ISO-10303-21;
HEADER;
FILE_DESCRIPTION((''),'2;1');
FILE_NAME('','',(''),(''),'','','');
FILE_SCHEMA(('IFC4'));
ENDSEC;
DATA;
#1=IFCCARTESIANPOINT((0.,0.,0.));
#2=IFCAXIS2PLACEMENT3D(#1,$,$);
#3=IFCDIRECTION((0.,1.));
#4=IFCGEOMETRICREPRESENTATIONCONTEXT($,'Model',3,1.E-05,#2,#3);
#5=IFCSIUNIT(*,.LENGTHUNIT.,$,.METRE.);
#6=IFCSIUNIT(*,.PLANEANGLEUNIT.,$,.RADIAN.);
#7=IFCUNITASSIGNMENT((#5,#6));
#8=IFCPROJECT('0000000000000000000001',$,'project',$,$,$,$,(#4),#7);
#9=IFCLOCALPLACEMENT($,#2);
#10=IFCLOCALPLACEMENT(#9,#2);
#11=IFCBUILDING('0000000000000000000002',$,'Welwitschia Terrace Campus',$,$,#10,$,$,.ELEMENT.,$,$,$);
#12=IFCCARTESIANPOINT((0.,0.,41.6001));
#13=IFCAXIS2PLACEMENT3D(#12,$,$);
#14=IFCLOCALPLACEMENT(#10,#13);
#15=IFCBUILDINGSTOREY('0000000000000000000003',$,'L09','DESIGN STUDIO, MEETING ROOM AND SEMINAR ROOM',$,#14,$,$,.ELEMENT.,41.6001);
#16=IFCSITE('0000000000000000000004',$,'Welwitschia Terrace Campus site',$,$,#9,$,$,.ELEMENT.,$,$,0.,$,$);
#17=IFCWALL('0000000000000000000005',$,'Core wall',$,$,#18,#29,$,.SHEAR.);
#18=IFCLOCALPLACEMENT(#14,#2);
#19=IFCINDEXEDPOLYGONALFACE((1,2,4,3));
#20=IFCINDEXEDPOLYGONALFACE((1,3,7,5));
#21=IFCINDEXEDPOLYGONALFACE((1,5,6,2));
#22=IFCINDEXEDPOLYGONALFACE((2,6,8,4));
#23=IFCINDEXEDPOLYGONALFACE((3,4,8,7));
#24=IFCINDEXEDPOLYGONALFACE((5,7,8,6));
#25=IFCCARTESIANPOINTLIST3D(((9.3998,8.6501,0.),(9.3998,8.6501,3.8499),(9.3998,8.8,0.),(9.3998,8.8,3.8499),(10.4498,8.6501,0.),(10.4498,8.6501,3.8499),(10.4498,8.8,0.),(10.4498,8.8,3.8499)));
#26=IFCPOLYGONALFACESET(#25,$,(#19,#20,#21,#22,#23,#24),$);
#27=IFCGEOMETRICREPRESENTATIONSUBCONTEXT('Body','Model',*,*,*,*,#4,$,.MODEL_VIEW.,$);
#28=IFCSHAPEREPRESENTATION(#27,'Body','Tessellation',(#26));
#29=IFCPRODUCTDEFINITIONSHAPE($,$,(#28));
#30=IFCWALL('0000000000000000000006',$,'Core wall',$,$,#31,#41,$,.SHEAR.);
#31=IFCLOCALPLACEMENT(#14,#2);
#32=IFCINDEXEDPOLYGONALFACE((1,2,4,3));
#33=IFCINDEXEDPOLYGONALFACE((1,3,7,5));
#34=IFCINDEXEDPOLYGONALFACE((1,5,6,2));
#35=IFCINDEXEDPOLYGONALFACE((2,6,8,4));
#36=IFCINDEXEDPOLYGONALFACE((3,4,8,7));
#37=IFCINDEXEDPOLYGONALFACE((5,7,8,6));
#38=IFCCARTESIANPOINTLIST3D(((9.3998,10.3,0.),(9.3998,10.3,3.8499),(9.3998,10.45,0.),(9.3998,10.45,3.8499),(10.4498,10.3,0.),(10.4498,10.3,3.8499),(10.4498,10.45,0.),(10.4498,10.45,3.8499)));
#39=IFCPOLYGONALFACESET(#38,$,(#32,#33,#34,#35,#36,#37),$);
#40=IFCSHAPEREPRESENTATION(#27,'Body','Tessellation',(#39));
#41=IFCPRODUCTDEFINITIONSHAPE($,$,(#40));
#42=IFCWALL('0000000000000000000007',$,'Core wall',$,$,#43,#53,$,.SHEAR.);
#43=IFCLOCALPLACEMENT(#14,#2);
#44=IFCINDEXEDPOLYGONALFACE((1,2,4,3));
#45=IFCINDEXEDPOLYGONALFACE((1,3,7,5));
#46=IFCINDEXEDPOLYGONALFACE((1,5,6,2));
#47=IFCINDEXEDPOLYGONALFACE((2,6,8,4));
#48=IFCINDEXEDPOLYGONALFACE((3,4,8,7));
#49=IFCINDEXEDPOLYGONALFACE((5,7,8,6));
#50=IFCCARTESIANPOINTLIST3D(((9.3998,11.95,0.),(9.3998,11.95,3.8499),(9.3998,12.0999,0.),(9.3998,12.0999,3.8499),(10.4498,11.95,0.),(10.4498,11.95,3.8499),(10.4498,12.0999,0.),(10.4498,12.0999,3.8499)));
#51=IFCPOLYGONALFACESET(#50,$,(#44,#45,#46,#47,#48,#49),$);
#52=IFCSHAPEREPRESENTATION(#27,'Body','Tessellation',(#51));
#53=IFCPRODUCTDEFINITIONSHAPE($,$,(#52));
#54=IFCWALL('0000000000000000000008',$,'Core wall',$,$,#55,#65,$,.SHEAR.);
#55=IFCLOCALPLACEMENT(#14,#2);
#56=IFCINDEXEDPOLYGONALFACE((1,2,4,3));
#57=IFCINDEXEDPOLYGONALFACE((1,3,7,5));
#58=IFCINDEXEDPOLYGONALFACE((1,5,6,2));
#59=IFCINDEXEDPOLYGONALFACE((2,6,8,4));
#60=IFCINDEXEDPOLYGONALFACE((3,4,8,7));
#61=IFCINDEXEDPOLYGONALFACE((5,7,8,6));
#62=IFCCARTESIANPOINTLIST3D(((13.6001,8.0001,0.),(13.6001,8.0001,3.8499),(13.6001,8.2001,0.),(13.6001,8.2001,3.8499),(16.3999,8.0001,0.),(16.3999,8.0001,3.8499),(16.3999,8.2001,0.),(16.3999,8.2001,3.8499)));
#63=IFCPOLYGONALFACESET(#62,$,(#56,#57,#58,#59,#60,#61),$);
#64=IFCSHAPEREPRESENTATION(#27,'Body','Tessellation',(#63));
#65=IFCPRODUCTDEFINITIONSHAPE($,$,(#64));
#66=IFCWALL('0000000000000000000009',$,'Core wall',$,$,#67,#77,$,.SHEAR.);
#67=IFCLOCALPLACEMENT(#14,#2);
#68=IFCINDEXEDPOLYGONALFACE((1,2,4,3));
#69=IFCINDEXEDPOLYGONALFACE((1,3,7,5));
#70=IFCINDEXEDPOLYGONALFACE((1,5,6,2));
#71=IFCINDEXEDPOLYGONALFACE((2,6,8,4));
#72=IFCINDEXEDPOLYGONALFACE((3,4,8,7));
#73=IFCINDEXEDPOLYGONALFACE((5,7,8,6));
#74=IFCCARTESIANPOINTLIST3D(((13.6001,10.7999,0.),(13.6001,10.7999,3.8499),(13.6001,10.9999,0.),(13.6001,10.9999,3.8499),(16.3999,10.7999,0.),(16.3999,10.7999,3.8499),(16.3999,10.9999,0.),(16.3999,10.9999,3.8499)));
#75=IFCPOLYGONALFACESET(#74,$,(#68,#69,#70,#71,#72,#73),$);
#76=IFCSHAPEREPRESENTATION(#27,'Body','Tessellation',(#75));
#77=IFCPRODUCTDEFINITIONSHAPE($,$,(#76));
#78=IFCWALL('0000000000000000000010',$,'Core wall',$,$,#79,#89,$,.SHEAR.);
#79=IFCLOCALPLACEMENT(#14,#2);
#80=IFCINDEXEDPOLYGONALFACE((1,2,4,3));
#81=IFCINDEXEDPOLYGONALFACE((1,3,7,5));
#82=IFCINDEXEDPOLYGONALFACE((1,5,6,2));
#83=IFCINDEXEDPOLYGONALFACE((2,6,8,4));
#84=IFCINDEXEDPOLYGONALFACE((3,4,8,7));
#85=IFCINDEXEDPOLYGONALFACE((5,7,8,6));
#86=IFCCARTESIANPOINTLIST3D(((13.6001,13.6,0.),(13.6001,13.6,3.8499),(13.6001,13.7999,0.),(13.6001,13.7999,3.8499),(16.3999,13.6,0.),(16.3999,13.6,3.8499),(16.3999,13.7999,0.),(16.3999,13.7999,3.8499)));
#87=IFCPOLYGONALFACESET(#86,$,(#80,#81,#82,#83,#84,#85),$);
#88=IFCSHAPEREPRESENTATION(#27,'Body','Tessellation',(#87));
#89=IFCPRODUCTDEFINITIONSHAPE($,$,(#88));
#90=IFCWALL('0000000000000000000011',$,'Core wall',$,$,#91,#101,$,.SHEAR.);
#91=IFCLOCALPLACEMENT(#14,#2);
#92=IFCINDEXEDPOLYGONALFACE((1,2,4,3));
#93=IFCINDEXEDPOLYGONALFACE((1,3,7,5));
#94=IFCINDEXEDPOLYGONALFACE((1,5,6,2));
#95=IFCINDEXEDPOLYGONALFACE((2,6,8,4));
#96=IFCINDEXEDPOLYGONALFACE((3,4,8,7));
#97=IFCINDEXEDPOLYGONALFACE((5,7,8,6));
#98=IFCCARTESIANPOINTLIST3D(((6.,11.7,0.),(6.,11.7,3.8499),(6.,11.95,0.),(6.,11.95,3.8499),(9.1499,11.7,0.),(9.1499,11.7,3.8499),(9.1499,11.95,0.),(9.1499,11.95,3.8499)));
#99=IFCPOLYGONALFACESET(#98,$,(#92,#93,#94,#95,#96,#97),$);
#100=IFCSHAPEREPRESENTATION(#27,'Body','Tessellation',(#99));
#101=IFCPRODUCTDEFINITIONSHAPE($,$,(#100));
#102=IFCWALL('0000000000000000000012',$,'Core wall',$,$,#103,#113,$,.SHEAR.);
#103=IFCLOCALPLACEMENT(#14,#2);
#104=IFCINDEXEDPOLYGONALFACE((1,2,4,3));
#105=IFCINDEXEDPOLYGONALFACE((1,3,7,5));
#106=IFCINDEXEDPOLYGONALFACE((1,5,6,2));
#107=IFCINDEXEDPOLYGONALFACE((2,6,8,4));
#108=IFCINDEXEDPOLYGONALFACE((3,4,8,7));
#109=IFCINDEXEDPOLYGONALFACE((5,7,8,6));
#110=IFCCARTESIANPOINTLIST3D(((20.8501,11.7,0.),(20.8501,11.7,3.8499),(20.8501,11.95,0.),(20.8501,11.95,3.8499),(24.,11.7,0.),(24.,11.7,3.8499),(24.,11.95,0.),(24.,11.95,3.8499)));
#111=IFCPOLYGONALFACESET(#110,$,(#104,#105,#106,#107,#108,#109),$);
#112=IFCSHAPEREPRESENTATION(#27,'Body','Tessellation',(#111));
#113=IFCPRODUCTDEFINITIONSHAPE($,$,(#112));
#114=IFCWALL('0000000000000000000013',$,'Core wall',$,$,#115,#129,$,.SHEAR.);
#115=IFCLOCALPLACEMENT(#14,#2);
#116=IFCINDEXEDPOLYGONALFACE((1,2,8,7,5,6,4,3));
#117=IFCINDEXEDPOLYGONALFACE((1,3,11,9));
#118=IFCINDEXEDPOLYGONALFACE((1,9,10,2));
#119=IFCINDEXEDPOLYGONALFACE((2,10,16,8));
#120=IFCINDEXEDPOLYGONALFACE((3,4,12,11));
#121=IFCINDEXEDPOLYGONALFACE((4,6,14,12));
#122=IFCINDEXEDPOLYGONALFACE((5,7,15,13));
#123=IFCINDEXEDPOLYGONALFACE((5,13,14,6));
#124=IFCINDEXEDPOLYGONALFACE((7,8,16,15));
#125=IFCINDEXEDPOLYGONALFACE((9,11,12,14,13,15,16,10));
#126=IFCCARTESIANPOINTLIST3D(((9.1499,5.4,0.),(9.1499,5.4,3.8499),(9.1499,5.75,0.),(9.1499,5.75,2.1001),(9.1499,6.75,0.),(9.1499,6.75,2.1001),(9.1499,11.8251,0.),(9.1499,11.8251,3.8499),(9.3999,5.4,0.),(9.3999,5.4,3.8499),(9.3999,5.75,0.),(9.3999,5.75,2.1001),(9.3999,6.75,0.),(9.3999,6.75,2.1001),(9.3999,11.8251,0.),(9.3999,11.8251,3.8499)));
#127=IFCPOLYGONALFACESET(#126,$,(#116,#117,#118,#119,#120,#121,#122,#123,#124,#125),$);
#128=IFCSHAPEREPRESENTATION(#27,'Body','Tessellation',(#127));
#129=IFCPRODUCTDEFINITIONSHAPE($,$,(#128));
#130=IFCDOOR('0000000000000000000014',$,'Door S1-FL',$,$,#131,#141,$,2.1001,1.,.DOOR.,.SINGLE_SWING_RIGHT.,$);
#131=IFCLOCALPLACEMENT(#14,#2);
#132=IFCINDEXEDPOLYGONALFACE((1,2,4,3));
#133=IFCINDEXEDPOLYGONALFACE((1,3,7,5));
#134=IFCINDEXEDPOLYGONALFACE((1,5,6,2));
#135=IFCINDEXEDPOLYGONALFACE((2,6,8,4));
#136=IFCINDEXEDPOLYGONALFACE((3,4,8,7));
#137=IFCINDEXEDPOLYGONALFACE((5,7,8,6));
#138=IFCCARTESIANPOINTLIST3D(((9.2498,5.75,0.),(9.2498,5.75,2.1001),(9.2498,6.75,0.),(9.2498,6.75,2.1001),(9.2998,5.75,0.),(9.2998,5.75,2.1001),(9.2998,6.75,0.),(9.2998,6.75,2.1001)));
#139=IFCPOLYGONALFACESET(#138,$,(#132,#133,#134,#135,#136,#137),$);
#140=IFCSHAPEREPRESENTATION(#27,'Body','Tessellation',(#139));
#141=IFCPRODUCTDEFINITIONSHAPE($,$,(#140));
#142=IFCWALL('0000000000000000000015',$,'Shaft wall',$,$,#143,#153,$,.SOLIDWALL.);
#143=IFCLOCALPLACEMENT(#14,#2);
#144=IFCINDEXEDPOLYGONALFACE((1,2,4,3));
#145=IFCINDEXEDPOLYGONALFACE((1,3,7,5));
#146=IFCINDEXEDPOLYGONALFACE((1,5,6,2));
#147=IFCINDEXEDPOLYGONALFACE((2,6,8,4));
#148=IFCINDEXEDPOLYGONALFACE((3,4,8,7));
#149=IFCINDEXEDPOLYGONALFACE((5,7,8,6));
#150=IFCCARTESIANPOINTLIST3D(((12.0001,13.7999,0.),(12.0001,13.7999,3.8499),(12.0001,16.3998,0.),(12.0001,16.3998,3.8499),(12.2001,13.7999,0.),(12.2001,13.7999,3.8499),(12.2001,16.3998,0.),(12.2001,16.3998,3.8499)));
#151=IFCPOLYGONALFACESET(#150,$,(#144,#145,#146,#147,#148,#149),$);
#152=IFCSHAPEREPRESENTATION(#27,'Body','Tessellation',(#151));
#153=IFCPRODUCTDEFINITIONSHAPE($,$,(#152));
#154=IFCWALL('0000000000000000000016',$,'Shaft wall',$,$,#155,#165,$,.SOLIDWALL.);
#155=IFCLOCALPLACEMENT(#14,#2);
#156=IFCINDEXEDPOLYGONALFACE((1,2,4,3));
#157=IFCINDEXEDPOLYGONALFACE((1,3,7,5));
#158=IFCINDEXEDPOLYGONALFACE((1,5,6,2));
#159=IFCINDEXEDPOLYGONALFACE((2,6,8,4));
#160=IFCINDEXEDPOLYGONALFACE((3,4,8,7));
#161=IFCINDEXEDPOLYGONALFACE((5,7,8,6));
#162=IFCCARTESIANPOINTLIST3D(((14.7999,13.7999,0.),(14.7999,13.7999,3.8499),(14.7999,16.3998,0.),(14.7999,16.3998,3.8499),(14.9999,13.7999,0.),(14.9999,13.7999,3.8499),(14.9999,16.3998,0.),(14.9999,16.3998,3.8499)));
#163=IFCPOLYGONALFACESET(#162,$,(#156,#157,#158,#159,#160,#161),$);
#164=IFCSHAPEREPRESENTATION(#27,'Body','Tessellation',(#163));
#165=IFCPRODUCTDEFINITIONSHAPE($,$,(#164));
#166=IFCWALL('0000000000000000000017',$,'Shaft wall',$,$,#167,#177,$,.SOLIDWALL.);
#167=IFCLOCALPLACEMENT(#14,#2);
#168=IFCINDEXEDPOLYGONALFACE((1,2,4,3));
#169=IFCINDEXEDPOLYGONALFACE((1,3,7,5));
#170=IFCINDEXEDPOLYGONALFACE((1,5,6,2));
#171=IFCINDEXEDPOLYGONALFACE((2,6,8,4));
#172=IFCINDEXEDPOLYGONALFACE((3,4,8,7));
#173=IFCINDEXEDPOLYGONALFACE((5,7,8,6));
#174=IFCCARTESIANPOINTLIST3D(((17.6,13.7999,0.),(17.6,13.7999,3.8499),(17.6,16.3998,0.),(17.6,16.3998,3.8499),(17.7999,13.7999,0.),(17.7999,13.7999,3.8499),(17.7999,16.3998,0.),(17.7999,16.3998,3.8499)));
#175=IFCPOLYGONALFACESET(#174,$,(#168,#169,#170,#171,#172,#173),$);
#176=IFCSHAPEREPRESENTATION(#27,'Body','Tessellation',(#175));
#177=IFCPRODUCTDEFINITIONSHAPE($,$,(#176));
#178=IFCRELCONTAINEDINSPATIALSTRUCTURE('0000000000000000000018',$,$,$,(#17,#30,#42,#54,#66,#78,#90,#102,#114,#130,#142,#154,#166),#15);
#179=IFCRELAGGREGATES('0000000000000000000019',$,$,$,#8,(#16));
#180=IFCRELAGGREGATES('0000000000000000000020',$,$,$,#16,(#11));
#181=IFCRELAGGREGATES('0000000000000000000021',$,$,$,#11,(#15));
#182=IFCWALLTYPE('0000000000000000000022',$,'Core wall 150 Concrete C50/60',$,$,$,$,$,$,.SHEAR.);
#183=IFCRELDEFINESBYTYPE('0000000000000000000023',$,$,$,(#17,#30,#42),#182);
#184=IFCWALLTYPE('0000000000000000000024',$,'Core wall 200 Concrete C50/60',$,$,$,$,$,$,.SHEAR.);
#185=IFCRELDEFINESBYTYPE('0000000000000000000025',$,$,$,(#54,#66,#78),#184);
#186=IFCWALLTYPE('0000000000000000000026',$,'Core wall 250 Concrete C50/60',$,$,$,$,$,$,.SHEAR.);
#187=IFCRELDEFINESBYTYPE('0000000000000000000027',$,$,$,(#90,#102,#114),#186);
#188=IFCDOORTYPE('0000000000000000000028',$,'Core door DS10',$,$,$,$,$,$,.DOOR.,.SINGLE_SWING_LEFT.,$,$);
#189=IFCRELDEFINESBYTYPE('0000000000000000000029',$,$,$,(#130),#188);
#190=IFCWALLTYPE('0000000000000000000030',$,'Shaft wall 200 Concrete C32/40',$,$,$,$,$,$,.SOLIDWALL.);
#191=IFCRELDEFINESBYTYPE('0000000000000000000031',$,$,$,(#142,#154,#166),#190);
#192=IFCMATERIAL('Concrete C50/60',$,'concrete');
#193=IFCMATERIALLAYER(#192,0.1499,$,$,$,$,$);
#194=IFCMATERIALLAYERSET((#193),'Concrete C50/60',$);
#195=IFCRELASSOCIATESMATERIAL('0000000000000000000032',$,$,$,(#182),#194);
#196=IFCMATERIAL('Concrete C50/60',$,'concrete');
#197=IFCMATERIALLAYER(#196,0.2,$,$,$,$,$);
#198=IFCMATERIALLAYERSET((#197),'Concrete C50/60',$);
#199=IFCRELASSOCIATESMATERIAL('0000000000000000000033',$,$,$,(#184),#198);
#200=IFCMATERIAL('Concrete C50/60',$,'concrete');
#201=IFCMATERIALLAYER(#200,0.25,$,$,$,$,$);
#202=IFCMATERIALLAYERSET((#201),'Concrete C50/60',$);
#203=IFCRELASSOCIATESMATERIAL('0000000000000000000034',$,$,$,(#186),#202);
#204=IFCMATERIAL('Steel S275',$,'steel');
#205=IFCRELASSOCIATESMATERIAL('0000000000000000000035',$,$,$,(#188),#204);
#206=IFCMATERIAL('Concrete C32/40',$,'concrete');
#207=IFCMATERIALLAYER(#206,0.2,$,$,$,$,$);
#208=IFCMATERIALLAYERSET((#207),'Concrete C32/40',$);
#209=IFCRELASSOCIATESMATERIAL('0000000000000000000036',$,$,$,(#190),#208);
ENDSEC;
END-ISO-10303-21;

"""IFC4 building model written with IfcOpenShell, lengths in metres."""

from ifc_helpers import new_model, si_unit, direction, frame, frame_2d, origin, place, context, subcontext, project, spatial, rectangle, extrude, material, layer, layer_set, type_object, element, fill, save


model = new_model("IFC4")

# Units and contexts
model_context = context("Model", 3, precision=1e-05, world=origin(), true_north=direction((0.0, 1.0)))
body_context = subcontext(model_context, "Body", "Model", "MODEL_VIEW")
ifc_project = project(units=[si_unit("LENGTHUNIT", "METRE"), si_unit("PLANEANGLEUNIT", "RADIAN")], contexts=[model_context])

# Site, building, storey
site_placement = place(None, origin())
site = spatial("IfcSite", under=ifc_project, at=site_placement, Name="Welwitschia Terrace Campus site", CompositionType="ELEMENT", RefElevation=0.0)
building_placement = place(site_placement, origin())
building = spatial("IfcBuilding", under=site, at=building_placement, Name="Welwitschia Terrace Campus", CompositionType="ELEMENT")
storey_placement = place(building_placement, frame((0.0, 0.0, 41.6001)))
storey = spatial("IfcBuildingStorey", under=building, at=storey_placement, Name="L09", Description="DESIGN STUDIO, MEETING ROOM AND SEMINAR ROOM", CompositionType="ELEMENT", Elevation=41.6001)

# Walls
ifc_material_1 = material(Name="Concrete C50/60", Category="concrete")
ifc_layer_1 = layer(ifc_material_1, 0.1499)
ifc_layer_set_1 = layer_set([ifc_layer_1], Name="Concrete C50/60")
wall_type_1 = type_object("IfcWallType", Name="Core wall 150 Concrete C50/60", PredefinedType="SHEAR", material=ifc_layer_set_1)
for number, where, z_axis, x_axis, name in (
    (1, (9.3999, 8.7251, 0.0), (0.0, 0.0, 1.0), (1.0, 0.0, 0.0), "Core wall"),
    (2, (9.3999, 10.375, 0.0), (0.0, 0.0, 1.0), (1.0, 0.0, 0.0), "Core wall"),
    (3, (9.3999, 12.0249, 0.0), (0.0, 0.0, 1.0), (1.0, 0.0, 0.0), "Core wall"),
):
    element("IfcWall", number, at=place(storey_placement, frame(where, z_axis=z_axis, x_axis=x_axis)), inside=storey, type_object=wall_type_1, Name=name, PredefinedType="SHEAR", context=body_context, shape_type="SweptSolid", body=[
        extrude(rectangle(XDim=1.05, YDim=0.1499, at=frame_2d((0.5249, 0.0))), origin(), (0.0, 0.0, 1.0), 3.8499),
    ])
ifc_material_2 = material(Name="Concrete C50/60", Category="concrete")
ifc_layer_2 = layer(ifc_material_2, 0.2)
ifc_layer_set_2 = layer_set([ifc_layer_2], Name="Concrete C50/60")
wall_type_2 = type_object("IfcWallType", Name="Core wall 200 Concrete C50/60", PredefinedType="SHEAR", material=ifc_layer_set_2)
for number, where, z_axis, x_axis, name in (
    (4, (13.6001, 8.1001, 0.0), (0.0, 0.0, 1.0), (1.0, 0.0, 0.0), "Core wall"),
    (5, (13.6001, 10.8999, 0.0), (0.0, 0.0, 1.0), (1.0, 0.0, 0.0), "Core wall"),
    (6, (13.6001, 13.7, 0.0), (0.0, 0.0, 1.0), (1.0, 0.0, 0.0), "Core wall"),
):
    element("IfcWall", number, at=place(storey_placement, frame(where, z_axis=z_axis, x_axis=x_axis)), inside=storey, type_object=wall_type_2, Name=name, PredefinedType="SHEAR", context=body_context, shape_type="SweptSolid", body=[
        extrude(rectangle(XDim=2.7998, YDim=0.2, at=frame_2d((1.3999, 0.0))), origin(), (0.0, 0.0, 1.0), 3.8499),
    ])
ifc_material_3 = material(Name="Concrete C50/60", Category="concrete")
ifc_layer_3 = layer(ifc_material_3, 0.25)
ifc_layer_set_3 = layer_set([ifc_layer_3], Name="Concrete C50/60")
wall_type_3 = type_object("IfcWallType", Name="Core wall 250 Concrete C50/60", PredefinedType="SHEAR", material=ifc_layer_set_3)
for number, where, z_axis, x_axis, name in (
    (7, (6.0, 11.825, 0.0), (0.0, 0.0, 1.0), (1.0, 0.0, 0.0), "Core wall"),
    (8, (20.8501, 11.825, 0.0), (0.0, 0.0, 1.0), (1.0, 0.0, 0.0), "Core wall"),
):
    element("IfcWall", number, at=place(storey_placement, frame(where, z_axis=z_axis, x_axis=x_axis)), inside=storey, type_object=wall_type_3, Name=name, PredefinedType="SHEAR", context=body_context, shape_type="SweptSolid", body=[
        extrude(rectangle(XDim=3.1499, YDim=0.25, at=frame_2d((1.575, 0.0))), origin(), (0.0, 0.0, 1.0), 3.8499),
    ])

# Wall, opening, door
wall_1_placement = place(storey_placement, frame((9.2749, 11.825, 0.0), z_axis=(0.0, 0.0, 1.0), x_axis=(0.0, -1.0, 0.0)))
wall_1 = element("IfcWall", 9, at=wall_1_placement, inside=storey, type_object=wall_type_3, Name="Core wall", PredefinedType="SHEAR", context=body_context, shape_type="SweptSolid", body=[
    extrude(rectangle(XDim=6.425, YDim=0.25, at=frame_2d((3.2124, 0.0))), origin(), (0.0, 0.0, 1.0), 3.8499),
])
opening_1_placement = place(wall_1_placement, frame((5.075, 0.0, 0.0)))
opening_1 = element("IfcOpeningElement", 10, at=opening_1_placement, cuts=wall_1, PredefinedType="OPENING", context=body_context, shape_type="SweptSolid", body=[
    extrude(rectangle(XDim=1.0, YDim=2.1001, at=frame_2d((0.5, 1.05))), frame((0.0, 0.135, 0.0), z_axis=(0.0, -1.0, 0.0), x_axis=(1.0, 0.0, 0.0)), (0.0, 0.0, 1.0), 0.27),
])
ifc_material_4 = material(Name="Steel S275", Category="steel")
door_type_1 = type_object("IfcDoorType", Name="Core door DS10", OperationType="SINGLE_SWING_LEFT", PredefinedType="DOOR", material=ifc_material_4)
door_1_placement = place(opening_1_placement, origin())
door_1 = element("IfcDoor", 11, at=door_1_placement, inside=storey, type_object=door_type_1, Name="Door S1-FL", OperationType="SINGLE_SWING_RIGHT", OverallHeight=2.1001, OverallWidth=1.0, PredefinedType="DOOR", context=body_context, shape_type="SweptSolid", body=[
    extrude(rectangle(XDim=1.0, YDim=2.1001, at=frame_2d((0.5, 1.05))), frame((0.0, 0.0249, 0.0), z_axis=(0.0, -1.0, 0.0), x_axis=(1.0, 0.0, 0.0)), (0.0, 0.0, 1.0), 0.05),
])
fill(opening_1, door_1)

# Walls
ifc_material_5 = material(Name="Concrete C32/40", Category="concrete")
ifc_layer_4 = layer(ifc_material_5, 0.2)
ifc_layer_set_4 = layer_set([ifc_layer_4], Name="Concrete C32/40")
wall_type_4 = type_object("IfcWallType", Name="Shaft wall 200 Concrete C32/40", PredefinedType="SOLIDWALL", material=ifc_layer_set_4)
for number, where, z_axis, x_axis, name in (
    (12, (12.1001, 13.8, 0.0), (0.0, 0.0, 1.0), (0.0, 1.0, 0.0), "Shaft wall"),
    (13, (14.8999, 13.8, 0.0), (0.0, 0.0, 1.0), (0.0, 1.0, 0.0), "Shaft wall"),
    (14, (17.7, 13.8, 0.0), (0.0, 0.0, 1.0), (0.0, 1.0, 0.0), "Shaft wall"),
):
    element("IfcWall", number, at=place(storey_placement, frame(where, z_axis=z_axis, x_axis=x_axis)), inside=storey, type_object=wall_type_4, Name=name, PredefinedType="SOLIDWALL", context=body_context, shape_type="SweptSolid", body=[
        extrude(rectangle(XDim=2.5999, YDim=0.2, at=frame_2d((1.2998, 0.0))), origin(), (0.0, 0.0, 1.0), 3.8499),
    ])

save(model, "model.ifc")
